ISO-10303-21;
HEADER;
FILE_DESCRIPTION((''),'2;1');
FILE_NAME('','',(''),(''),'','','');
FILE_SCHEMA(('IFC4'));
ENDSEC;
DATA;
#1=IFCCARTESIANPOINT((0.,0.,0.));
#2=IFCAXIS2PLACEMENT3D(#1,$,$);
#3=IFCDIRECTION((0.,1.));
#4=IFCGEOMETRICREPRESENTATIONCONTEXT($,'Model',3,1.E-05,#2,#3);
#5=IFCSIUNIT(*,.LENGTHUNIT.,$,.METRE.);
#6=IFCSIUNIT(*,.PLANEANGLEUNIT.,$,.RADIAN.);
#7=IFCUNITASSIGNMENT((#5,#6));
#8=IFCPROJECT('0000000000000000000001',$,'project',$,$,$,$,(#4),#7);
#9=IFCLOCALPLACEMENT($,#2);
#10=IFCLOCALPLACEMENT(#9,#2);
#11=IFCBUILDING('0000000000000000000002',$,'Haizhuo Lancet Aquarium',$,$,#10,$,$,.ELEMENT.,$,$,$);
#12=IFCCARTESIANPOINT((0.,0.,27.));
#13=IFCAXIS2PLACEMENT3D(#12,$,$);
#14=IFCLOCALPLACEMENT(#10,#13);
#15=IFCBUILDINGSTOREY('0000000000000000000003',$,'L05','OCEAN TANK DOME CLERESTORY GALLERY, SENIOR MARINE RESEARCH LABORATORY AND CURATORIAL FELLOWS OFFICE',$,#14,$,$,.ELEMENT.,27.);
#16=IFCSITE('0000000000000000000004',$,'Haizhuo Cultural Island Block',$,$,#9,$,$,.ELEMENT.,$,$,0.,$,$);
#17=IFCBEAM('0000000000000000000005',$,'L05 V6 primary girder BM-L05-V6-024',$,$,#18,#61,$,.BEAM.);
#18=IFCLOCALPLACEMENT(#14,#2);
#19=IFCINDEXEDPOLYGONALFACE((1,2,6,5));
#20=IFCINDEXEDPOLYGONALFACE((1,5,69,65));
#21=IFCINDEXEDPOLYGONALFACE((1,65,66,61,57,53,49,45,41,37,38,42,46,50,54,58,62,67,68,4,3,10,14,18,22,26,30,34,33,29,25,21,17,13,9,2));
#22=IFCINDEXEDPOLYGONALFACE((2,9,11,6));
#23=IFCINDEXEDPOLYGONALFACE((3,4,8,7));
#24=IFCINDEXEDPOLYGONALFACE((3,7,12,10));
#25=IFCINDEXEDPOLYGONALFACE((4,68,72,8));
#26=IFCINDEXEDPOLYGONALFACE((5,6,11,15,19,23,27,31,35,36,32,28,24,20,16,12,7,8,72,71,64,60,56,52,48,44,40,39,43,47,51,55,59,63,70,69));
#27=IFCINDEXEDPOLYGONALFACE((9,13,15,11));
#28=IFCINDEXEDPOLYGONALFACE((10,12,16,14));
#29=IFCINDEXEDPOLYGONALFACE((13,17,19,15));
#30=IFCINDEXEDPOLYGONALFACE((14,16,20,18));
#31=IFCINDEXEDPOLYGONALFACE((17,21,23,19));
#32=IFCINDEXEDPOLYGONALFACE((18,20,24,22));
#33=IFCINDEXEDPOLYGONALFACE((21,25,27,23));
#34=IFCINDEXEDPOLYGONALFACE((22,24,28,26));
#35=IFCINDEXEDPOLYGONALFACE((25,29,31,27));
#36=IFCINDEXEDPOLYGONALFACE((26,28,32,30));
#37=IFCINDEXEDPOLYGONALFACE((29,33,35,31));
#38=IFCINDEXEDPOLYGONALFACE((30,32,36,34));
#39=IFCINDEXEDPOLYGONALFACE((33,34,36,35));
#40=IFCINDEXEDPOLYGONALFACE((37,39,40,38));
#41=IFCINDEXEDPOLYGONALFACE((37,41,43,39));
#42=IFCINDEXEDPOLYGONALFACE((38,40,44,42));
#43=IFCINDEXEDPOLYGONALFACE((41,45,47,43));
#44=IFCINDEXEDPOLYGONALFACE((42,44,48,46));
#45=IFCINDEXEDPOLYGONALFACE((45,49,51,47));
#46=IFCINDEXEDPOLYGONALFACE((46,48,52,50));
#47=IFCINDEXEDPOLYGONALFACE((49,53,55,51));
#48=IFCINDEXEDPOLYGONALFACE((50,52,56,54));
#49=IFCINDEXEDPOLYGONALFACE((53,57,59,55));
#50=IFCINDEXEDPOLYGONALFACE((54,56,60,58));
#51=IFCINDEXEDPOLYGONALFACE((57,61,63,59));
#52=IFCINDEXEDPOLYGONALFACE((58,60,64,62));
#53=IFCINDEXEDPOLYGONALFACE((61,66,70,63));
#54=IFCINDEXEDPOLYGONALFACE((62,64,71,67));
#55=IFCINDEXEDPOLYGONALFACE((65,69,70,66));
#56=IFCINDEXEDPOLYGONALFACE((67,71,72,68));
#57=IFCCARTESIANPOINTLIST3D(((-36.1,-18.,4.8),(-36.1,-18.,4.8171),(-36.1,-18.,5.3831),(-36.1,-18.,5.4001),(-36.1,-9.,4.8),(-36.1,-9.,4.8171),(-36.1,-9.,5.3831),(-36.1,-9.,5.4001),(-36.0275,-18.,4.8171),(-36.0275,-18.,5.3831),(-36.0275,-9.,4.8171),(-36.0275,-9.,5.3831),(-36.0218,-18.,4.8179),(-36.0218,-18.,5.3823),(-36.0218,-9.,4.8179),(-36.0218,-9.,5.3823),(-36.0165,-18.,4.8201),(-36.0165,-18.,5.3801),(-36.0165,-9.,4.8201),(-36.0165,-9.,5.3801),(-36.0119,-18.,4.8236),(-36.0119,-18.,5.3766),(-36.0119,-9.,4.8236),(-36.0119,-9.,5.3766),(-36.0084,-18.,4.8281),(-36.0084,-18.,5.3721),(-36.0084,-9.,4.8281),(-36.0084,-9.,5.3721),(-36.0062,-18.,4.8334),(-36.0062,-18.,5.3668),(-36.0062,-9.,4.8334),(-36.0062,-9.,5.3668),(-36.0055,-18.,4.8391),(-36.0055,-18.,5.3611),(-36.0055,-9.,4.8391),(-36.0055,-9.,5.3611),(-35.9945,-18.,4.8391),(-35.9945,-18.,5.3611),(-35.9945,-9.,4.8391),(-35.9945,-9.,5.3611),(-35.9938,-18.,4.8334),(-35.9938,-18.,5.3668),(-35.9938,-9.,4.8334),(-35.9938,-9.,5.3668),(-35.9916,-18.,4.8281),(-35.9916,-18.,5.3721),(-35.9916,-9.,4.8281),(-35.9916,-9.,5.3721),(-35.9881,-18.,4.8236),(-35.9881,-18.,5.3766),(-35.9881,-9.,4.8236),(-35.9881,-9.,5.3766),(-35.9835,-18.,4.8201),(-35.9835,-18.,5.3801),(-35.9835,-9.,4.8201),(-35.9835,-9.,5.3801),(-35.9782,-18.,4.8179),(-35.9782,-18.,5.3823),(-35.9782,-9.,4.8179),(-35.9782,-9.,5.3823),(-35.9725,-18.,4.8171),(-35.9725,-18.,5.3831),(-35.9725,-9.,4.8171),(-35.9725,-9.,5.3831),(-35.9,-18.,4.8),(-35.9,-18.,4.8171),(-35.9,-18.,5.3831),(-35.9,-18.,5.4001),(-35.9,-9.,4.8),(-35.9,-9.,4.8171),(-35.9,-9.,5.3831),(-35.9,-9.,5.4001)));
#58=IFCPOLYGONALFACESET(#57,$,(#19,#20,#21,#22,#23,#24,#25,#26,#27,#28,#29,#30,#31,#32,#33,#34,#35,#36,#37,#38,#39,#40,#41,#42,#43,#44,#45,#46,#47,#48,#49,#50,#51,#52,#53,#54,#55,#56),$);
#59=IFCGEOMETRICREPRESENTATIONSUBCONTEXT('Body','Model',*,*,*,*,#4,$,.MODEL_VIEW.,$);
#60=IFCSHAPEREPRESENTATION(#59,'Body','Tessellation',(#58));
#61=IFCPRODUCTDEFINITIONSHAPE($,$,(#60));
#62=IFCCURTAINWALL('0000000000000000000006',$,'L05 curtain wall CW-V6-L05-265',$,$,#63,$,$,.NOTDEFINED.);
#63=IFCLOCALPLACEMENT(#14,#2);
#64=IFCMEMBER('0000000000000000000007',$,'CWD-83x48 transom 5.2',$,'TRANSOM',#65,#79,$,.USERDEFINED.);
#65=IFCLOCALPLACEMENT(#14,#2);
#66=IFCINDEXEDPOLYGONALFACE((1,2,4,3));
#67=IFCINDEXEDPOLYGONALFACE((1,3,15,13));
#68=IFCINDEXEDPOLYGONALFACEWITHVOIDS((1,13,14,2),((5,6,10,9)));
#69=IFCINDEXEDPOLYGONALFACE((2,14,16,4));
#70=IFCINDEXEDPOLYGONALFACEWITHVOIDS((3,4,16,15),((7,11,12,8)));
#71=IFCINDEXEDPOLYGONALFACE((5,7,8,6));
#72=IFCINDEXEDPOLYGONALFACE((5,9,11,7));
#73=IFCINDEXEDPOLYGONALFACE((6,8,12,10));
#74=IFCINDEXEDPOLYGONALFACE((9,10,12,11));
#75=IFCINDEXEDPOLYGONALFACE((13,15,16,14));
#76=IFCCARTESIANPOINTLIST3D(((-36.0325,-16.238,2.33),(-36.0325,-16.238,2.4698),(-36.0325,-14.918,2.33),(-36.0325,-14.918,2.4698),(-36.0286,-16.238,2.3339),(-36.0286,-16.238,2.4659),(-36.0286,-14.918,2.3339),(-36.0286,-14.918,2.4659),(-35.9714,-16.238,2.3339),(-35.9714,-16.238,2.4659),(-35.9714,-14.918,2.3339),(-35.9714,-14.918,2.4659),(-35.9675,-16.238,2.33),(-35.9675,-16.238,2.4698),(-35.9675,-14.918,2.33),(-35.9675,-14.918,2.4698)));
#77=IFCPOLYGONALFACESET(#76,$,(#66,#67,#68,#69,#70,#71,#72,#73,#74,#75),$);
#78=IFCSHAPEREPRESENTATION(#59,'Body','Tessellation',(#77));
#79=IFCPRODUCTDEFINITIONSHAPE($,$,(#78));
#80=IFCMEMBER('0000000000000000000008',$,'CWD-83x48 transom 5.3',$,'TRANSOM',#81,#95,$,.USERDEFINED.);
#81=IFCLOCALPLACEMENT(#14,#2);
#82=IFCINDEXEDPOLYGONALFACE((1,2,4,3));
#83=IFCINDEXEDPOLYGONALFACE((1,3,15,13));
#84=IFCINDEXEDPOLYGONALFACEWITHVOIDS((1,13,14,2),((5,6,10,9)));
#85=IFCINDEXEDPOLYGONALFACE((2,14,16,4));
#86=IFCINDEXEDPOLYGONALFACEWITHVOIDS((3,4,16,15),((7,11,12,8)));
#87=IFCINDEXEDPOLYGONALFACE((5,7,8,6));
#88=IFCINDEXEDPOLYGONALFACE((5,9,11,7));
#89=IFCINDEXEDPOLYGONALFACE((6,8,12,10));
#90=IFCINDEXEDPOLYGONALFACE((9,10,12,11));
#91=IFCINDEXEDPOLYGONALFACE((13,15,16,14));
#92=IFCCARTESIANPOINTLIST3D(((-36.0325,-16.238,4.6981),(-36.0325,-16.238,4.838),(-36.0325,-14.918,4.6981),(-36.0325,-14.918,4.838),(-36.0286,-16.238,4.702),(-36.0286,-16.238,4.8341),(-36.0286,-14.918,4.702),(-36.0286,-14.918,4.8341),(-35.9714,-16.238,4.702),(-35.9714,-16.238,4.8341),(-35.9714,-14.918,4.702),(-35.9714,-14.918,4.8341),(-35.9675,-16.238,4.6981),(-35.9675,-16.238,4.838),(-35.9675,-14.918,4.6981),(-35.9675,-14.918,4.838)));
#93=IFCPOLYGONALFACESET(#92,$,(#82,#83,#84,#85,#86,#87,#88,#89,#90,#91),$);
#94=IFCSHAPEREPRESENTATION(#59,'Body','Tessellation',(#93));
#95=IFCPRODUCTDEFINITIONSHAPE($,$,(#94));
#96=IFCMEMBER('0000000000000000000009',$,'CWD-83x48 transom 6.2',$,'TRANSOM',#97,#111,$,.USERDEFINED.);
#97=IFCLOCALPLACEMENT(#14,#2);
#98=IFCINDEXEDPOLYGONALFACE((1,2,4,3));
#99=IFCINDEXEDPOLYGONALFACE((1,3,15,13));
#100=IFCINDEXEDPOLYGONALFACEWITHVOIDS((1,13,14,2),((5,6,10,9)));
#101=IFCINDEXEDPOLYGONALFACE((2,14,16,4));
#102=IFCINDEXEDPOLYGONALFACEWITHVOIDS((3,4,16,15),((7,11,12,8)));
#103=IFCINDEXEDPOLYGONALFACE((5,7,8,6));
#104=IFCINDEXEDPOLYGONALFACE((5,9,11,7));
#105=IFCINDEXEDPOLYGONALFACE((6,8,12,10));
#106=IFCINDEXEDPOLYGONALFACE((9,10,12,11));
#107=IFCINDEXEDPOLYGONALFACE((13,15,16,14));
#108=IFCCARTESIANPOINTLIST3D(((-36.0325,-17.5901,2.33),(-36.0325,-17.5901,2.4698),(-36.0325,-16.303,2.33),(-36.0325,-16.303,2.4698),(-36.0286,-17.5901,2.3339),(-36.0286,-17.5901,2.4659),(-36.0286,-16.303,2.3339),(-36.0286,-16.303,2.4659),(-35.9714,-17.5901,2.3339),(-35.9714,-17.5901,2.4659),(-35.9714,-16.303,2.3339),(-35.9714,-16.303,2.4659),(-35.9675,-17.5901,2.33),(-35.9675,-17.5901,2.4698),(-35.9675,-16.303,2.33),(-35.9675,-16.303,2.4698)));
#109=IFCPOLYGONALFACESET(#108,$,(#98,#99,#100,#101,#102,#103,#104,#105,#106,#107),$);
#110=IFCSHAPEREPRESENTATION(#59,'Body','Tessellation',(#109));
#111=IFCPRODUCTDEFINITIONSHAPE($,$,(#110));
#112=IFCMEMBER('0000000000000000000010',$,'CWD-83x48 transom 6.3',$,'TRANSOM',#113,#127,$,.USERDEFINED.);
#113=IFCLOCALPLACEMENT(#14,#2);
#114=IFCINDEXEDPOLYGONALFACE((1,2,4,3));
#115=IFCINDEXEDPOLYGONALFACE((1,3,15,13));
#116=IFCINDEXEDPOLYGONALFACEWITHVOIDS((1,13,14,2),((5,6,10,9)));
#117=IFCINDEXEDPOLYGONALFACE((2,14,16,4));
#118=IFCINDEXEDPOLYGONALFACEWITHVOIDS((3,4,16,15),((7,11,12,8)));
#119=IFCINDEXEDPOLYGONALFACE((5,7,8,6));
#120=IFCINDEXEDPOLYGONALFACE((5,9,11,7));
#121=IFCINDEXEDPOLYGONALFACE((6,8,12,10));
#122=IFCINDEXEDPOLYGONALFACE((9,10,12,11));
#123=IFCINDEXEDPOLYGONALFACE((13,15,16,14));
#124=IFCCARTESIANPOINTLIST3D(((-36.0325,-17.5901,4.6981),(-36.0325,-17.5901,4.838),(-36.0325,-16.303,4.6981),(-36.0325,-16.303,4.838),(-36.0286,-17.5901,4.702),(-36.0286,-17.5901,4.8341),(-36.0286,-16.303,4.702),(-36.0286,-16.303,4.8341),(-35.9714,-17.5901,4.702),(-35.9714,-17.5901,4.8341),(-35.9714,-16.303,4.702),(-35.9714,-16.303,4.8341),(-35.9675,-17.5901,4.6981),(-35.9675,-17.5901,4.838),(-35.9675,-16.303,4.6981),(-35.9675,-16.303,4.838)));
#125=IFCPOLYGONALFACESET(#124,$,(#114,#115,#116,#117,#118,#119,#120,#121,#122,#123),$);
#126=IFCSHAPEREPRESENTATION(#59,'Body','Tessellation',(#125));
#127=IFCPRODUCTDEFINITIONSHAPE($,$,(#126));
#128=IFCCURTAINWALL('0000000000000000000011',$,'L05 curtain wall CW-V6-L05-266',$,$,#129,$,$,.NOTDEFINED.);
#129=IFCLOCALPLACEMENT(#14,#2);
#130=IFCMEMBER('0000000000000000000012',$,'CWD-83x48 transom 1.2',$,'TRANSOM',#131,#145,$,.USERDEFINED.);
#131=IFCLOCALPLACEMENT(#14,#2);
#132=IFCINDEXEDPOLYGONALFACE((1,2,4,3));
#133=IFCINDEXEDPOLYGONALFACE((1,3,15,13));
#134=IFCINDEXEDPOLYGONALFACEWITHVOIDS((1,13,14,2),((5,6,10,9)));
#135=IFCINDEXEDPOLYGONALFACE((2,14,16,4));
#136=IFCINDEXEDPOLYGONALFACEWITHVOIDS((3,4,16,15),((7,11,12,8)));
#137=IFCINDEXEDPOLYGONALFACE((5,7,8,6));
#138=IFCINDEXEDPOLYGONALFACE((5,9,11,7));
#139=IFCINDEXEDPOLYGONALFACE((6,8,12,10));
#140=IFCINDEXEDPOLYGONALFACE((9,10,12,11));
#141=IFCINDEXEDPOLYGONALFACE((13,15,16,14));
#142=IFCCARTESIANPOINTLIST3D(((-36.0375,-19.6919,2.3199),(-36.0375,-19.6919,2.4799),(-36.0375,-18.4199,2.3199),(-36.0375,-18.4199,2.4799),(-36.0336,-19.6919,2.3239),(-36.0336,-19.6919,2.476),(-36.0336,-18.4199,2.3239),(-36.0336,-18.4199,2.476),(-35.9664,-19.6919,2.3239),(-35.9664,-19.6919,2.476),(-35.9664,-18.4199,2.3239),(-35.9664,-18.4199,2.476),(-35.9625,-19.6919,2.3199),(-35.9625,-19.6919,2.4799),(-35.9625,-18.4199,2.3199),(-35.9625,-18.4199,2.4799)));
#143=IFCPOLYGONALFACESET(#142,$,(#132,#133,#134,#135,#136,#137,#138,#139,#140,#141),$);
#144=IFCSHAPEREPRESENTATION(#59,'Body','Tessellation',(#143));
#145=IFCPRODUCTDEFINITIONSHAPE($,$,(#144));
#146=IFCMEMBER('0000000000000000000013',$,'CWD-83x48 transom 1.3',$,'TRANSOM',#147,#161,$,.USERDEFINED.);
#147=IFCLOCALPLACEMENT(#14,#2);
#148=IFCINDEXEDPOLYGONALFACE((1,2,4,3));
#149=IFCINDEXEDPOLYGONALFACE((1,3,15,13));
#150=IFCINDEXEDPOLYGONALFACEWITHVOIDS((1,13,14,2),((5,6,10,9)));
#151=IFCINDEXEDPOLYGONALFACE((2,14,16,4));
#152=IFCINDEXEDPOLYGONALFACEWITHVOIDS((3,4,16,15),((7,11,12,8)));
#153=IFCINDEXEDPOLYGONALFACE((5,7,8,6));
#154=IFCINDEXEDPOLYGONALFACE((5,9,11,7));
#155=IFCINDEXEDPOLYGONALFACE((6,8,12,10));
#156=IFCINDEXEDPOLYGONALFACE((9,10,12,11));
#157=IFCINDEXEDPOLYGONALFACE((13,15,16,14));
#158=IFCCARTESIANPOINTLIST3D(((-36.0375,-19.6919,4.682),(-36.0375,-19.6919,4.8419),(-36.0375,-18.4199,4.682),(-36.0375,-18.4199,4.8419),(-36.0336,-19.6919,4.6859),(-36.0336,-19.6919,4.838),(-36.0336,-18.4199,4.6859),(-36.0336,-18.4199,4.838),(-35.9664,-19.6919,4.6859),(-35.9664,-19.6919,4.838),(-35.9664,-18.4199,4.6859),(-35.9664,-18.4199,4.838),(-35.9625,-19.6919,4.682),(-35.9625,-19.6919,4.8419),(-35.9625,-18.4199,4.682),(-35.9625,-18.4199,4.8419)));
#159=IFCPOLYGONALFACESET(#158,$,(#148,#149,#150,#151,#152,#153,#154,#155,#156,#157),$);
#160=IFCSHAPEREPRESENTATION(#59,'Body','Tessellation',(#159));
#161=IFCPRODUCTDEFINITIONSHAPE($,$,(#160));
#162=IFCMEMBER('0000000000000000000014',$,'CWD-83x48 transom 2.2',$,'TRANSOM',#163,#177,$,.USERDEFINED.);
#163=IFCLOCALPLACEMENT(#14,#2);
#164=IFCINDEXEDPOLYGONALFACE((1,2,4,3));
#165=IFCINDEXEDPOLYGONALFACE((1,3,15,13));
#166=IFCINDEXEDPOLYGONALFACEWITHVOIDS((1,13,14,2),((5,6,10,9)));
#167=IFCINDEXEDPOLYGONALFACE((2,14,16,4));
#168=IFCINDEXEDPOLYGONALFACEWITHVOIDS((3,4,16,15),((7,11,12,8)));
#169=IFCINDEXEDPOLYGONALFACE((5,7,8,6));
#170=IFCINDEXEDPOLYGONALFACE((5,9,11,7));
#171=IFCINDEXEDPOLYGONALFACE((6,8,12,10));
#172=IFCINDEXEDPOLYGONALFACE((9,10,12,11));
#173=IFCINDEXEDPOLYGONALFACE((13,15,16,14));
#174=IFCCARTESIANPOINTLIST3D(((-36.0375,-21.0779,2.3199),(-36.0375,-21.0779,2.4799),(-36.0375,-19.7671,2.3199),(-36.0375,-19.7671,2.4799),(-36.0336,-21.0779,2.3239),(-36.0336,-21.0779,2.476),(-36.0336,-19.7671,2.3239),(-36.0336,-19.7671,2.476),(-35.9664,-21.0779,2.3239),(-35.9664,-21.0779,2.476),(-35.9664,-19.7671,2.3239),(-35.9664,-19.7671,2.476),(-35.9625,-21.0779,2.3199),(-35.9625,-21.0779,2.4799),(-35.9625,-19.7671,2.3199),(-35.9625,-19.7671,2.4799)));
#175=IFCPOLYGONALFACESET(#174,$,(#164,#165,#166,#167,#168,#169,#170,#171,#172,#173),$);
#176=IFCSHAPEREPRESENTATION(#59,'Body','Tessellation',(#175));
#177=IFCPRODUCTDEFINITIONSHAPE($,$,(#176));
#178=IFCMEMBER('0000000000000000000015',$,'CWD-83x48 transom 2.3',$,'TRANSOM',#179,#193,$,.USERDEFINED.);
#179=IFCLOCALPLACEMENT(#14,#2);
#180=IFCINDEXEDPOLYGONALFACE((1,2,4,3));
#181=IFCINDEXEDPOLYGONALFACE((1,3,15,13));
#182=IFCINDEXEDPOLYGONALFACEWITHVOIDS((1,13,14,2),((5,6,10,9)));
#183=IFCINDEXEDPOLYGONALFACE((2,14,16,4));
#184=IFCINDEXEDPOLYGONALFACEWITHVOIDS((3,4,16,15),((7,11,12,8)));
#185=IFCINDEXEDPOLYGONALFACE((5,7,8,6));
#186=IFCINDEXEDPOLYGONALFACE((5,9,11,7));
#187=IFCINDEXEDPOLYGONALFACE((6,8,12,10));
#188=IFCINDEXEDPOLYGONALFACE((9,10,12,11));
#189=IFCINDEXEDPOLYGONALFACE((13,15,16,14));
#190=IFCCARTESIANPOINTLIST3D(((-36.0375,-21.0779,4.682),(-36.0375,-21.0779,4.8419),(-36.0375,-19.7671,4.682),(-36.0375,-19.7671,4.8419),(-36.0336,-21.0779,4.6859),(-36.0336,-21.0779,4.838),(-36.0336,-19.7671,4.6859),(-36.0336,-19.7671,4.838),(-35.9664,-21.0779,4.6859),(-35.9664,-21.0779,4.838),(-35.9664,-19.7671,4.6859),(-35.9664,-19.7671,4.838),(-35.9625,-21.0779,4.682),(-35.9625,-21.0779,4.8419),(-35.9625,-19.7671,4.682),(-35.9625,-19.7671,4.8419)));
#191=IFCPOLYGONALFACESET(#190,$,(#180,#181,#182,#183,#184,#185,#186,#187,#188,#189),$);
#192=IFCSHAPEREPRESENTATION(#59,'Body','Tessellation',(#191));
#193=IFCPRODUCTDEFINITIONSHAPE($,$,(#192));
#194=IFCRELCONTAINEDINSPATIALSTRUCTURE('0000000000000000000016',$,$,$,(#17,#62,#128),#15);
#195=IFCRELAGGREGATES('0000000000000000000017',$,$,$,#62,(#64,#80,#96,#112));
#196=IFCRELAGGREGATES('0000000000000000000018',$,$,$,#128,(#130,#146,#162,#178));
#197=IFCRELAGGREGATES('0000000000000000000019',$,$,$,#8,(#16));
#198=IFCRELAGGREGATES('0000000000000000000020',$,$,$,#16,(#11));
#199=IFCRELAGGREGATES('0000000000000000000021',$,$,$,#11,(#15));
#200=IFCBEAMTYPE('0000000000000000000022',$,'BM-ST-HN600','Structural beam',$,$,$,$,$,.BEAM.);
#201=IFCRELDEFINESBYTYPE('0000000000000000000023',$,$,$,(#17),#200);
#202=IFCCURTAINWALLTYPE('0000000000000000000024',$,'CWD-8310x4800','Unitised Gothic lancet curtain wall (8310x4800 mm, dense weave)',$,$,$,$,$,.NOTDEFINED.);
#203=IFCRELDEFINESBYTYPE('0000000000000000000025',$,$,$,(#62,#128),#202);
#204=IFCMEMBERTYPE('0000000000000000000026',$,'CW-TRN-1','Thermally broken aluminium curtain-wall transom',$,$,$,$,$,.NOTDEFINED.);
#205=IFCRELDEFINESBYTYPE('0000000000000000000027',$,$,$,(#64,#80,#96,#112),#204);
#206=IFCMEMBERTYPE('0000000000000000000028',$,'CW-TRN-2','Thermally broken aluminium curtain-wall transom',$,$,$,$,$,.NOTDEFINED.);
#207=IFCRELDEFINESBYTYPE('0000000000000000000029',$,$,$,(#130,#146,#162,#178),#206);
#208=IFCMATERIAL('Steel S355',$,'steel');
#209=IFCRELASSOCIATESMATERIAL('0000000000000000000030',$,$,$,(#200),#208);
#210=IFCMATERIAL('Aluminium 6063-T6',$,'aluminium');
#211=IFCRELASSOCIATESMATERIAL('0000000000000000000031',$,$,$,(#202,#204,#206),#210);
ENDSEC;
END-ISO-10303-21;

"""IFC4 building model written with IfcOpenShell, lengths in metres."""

from ifc_helpers import new_model, si_unit, direction, frame, origin, origin_2d, place, context, subcontext, project, spatial, hollow_rectangle, i_section, extrude, material, material_profile, profile_set, type_object, element, aggregate, save


model = new_model("IFC4")

# Units and contexts
model_context = context("Model", 3, precision=1e-05, world=origin(), true_north=direction((0.0, 1.0)))
body_context = subcontext(model_context, "Body", "Model", "MODEL_VIEW")
ifc_project = project(units=[si_unit("LENGTHUNIT", "METRE"), si_unit("PLANEANGLEUNIT", "RADIAN")], contexts=[model_context])

# Site, building, storey
site_placement = place(None, origin())
site = spatial("IfcSite", under=ifc_project, at=site_placement, Name="Haizhuo Cultural Island Block", CompositionType="ELEMENT", RefElevation=0.0)
building_placement = place(site_placement, origin())
building = spatial("IfcBuilding", under=site, at=building_placement, Name="Haizhuo Lancet Aquarium", CompositionType="ELEMENT")
storey_placement = place(building_placement, frame((0.0, 0.0, 27.0)))
storey = spatial("IfcBuildingStorey", under=building, at=storey_placement, Name="L05", Description="OCEAN TANK DOME CLERESTORY GALLERY, SENIOR MARINE RESEARCH LABORATORY AND CURATORIAL FELLOWS OFFICE", CompositionType="ELEMENT", Elevation=27.0)

# Beam
ifc_material_1 = material(Name="Steel S355", Category="steel")
ifc_material_profile_1 = material_profile(ifc_material_1, i_section(OverallWidth=0.2, OverallDepth=0.6001, WebThickness=0.011, FlangeThickness=0.0171, FilletRadius=0.022, at=origin_2d()), Name="HN 600x200x11x17")
ifc_profile_set_1 = profile_set([ifc_material_profile_1], Name="Steel S355")
beam_type = type_object("IfcBeamType", Name="BM-ST-HN600", Description="Structural beam", PredefinedType="BEAM", material=ifc_profile_set_1)
beam_placement = place(storey_placement, frame((-36.0, -18.0, 5.1001), z_axis=(0.0, 1.0, 0.0), x_axis=(-1.0, 0.0, 0.0)))
element("IfcBeam", 1, at=beam_placement, inside=storey, type_object=beam_type, Name="L05 V6 primary girder BM-L05-V6-024", PredefinedType="BEAM", context=body_context, shape_type="SweptSolid", body=[
    extrude(i_section(OverallWidth=0.2, OverallDepth=0.6001, WebThickness=0.011, FlangeThickness=0.0171, FilletRadius=0.022, at=origin_2d()), origin(), (0.0, 0.0, 1.0), 9.0),
])

# Curtain walls, members
ifc_material_2 = material(Name="Aluminium 6063-T6", Category="aluminium")
curtain_wall_type = type_object("IfcCurtainWallType", Name="CWD-8310x4800", Description="Unitised Gothic lancet curtain wall (8310x4800 mm, dense weave)", PredefinedType="NOTDEFINED", material=ifc_material_2)
curtain_wall_1_placement = place(storey_placement, origin())
curtain_wall_1 = element("IfcCurtainWall", 2, at=curtain_wall_1_placement, inside=storey, type_object=curtain_wall_type, Name="L05 curtain wall CW-V6-L05-265", PredefinedType="NOTDEFINED")
ifc_material_profile_2 = material_profile(ifc_material_2, hollow_rectangle(XDim=0.0649, YDim=0.1399, WallThickness=0.0039, at=origin_2d()), Name="ALU-T 65x140x4")
ifc_profile_set_2 = profile_set([ifc_material_profile_2], Name="Aluminium 6063-T6")
member_type_1 = type_object("IfcMemberType", Name="CW-TRN-1", Description="Thermally broken aluminium curtain-wall transom", PredefinedType="NOTDEFINED", material=ifc_profile_set_2)
member_1_placement = place(storey_placement, frame((-36.0, -14.918, 2.3999), z_axis=(0.0, -1.0, 0.0), x_axis=(1.0, 0.0, 0.0)))
member_1 = element("IfcMember", 3, at=member_1_placement, type_object=member_type_1, Name="CWD-83x48 transom 5.2", ObjectType="TRANSOM", PredefinedType="USERDEFINED", context=body_context, shape_type="SweptSolid", body=[
    extrude(hollow_rectangle(XDim=0.0649, YDim=0.1399, WallThickness=0.0039, at=origin_2d()), origin(), (0.0, 0.0, 1.0), 1.3201),
])
member_2_placement = place(storey_placement, frame((-36.0, -14.918, 4.7681), z_axis=(0.0, -1.0, 0.0), x_axis=(1.0, 0.0, 0.0)))
member_2 = element("IfcMember", 4, at=member_2_placement, type_object=member_type_1, Name="CWD-83x48 transom 5.3", ObjectType="TRANSOM", PredefinedType="USERDEFINED", context=body_context, shape_type="SweptSolid", body=[
    extrude(hollow_rectangle(XDim=0.0649, YDim=0.1399, WallThickness=0.0039, at=origin_2d()), origin(), (0.0, 0.0, 1.0), 1.3201),
])
member_3_placement = place(storey_placement, frame((-36.0, -16.303, 2.3999), z_axis=(0.0, -1.0, 0.0), x_axis=(1.0, 0.0, 0.0)))
member_3 = element("IfcMember", 5, at=member_3_placement, type_object=member_type_1, Name="CWD-83x48 transom 6.2", ObjectType="TRANSOM", PredefinedType="USERDEFINED", context=body_context, shape_type="SweptSolid", body=[
    extrude(hollow_rectangle(XDim=0.0649, YDim=0.1399, WallThickness=0.0039, at=origin_2d()), origin(), (0.0, 0.0, 1.0), 1.2871),
])
member_4_placement = place(storey_placement, frame((-36.0, -16.303, 4.7681), z_axis=(0.0, -1.0, 0.0), x_axis=(1.0, 0.0, 0.0)))
member_4 = element("IfcMember", 6, at=member_4_placement, type_object=member_type_1, Name="CWD-83x48 transom 6.3", ObjectType="TRANSOM", PredefinedType="USERDEFINED", context=body_context, shape_type="SweptSolid", body=[
    extrude(hollow_rectangle(XDim=0.0649, YDim=0.1399, WallThickness=0.0039, at=origin_2d()), origin(), (0.0, 0.0, 1.0), 1.2871),
])
curtain_wall_2_placement = place(storey_placement, origin())
curtain_wall_2 = element("IfcCurtainWall", 7, at=curtain_wall_2_placement, inside=storey, type_object=curtain_wall_type, Name="L05 curtain wall CW-V6-L05-266", PredefinedType="NOTDEFINED")
ifc_material_profile_3 = material_profile(ifc_material_2, hollow_rectangle(XDim=0.075, YDim=0.1599, WallThickness=0.0039, at=origin_2d()), Name="ALU-T 75x160x4")
ifc_profile_set_3 = profile_set([ifc_material_profile_3], Name="Aluminium 6063-T6")
member_type_2 = type_object("IfcMemberType", Name="CW-TRN-2", Description="Thermally broken aluminium curtain-wall transom", PredefinedType="NOTDEFINED", material=ifc_profile_set_3)
member_5_placement = place(storey_placement, frame((-36.0, -18.4199, 2.3999), z_axis=(0.0, -1.0, 0.0), x_axis=(1.0, 0.0, 0.0)))
member_5 = element("IfcMember", 8, at=member_5_placement, type_object=member_type_2, Name="CWD-83x48 transom 1.2", ObjectType="TRANSOM", PredefinedType="USERDEFINED", context=body_context, shape_type="SweptSolid", body=[
    extrude(hollow_rectangle(XDim=0.075, YDim=0.1599, WallThickness=0.0039, at=origin_2d()), origin(), (0.0, 0.0, 1.0), 1.272),
])
member_6_placement = place(storey_placement, frame((-36.0, -18.4199, 4.762), z_axis=(0.0, -1.0, 0.0), x_axis=(1.0, 0.0, 0.0)))
member_6 = element("IfcMember", 9, at=member_6_placement, type_object=member_type_2, Name="CWD-83x48 transom 1.3", ObjectType="TRANSOM", PredefinedType="USERDEFINED", context=body_context, shape_type="SweptSolid", body=[
    extrude(hollow_rectangle(XDim=0.075, YDim=0.1599, WallThickness=0.0039, at=origin_2d()), origin(), (0.0, 0.0, 1.0), 1.272),
])
member_7_placement = place(storey_placement, frame((-36.0, -19.7671, 2.3999), z_axis=(0.0, -1.0, 0.0), x_axis=(1.0, 0.0, 0.0)))
member_7 = element("IfcMember", 10, at=member_7_placement, type_object=member_type_2, Name="CWD-83x48 transom 2.2", ObjectType="TRANSOM", PredefinedType="USERDEFINED", context=body_context, shape_type="SweptSolid", body=[
    extrude(hollow_rectangle(XDim=0.075, YDim=0.1599, WallThickness=0.0039, at=origin_2d()), origin(), (0.0, 0.0, 1.0), 1.3108),
])
member_8_placement = place(storey_placement, frame((-36.0, -19.7671, 4.762), z_axis=(0.0, -1.0, 0.0), x_axis=(1.0, 0.0, 0.0)))
member_8 = element("IfcMember", 11, at=member_8_placement, type_object=member_type_2, Name="CWD-83x48 transom 2.3", ObjectType="TRANSOM", PredefinedType="USERDEFINED", context=body_context, shape_type="SweptSolid", body=[
    extrude(hollow_rectangle(XDim=0.075, YDim=0.1599, WallThickness=0.0039, at=origin_2d()), origin(), (0.0, 0.0, 1.0), 1.3108),
])

aggregate(curtain_wall_1, [member_1, member_2, member_3, member_4])
aggregate(curtain_wall_2, [member_5, member_6, member_7, member_8])

save(model, "model.ifc")
